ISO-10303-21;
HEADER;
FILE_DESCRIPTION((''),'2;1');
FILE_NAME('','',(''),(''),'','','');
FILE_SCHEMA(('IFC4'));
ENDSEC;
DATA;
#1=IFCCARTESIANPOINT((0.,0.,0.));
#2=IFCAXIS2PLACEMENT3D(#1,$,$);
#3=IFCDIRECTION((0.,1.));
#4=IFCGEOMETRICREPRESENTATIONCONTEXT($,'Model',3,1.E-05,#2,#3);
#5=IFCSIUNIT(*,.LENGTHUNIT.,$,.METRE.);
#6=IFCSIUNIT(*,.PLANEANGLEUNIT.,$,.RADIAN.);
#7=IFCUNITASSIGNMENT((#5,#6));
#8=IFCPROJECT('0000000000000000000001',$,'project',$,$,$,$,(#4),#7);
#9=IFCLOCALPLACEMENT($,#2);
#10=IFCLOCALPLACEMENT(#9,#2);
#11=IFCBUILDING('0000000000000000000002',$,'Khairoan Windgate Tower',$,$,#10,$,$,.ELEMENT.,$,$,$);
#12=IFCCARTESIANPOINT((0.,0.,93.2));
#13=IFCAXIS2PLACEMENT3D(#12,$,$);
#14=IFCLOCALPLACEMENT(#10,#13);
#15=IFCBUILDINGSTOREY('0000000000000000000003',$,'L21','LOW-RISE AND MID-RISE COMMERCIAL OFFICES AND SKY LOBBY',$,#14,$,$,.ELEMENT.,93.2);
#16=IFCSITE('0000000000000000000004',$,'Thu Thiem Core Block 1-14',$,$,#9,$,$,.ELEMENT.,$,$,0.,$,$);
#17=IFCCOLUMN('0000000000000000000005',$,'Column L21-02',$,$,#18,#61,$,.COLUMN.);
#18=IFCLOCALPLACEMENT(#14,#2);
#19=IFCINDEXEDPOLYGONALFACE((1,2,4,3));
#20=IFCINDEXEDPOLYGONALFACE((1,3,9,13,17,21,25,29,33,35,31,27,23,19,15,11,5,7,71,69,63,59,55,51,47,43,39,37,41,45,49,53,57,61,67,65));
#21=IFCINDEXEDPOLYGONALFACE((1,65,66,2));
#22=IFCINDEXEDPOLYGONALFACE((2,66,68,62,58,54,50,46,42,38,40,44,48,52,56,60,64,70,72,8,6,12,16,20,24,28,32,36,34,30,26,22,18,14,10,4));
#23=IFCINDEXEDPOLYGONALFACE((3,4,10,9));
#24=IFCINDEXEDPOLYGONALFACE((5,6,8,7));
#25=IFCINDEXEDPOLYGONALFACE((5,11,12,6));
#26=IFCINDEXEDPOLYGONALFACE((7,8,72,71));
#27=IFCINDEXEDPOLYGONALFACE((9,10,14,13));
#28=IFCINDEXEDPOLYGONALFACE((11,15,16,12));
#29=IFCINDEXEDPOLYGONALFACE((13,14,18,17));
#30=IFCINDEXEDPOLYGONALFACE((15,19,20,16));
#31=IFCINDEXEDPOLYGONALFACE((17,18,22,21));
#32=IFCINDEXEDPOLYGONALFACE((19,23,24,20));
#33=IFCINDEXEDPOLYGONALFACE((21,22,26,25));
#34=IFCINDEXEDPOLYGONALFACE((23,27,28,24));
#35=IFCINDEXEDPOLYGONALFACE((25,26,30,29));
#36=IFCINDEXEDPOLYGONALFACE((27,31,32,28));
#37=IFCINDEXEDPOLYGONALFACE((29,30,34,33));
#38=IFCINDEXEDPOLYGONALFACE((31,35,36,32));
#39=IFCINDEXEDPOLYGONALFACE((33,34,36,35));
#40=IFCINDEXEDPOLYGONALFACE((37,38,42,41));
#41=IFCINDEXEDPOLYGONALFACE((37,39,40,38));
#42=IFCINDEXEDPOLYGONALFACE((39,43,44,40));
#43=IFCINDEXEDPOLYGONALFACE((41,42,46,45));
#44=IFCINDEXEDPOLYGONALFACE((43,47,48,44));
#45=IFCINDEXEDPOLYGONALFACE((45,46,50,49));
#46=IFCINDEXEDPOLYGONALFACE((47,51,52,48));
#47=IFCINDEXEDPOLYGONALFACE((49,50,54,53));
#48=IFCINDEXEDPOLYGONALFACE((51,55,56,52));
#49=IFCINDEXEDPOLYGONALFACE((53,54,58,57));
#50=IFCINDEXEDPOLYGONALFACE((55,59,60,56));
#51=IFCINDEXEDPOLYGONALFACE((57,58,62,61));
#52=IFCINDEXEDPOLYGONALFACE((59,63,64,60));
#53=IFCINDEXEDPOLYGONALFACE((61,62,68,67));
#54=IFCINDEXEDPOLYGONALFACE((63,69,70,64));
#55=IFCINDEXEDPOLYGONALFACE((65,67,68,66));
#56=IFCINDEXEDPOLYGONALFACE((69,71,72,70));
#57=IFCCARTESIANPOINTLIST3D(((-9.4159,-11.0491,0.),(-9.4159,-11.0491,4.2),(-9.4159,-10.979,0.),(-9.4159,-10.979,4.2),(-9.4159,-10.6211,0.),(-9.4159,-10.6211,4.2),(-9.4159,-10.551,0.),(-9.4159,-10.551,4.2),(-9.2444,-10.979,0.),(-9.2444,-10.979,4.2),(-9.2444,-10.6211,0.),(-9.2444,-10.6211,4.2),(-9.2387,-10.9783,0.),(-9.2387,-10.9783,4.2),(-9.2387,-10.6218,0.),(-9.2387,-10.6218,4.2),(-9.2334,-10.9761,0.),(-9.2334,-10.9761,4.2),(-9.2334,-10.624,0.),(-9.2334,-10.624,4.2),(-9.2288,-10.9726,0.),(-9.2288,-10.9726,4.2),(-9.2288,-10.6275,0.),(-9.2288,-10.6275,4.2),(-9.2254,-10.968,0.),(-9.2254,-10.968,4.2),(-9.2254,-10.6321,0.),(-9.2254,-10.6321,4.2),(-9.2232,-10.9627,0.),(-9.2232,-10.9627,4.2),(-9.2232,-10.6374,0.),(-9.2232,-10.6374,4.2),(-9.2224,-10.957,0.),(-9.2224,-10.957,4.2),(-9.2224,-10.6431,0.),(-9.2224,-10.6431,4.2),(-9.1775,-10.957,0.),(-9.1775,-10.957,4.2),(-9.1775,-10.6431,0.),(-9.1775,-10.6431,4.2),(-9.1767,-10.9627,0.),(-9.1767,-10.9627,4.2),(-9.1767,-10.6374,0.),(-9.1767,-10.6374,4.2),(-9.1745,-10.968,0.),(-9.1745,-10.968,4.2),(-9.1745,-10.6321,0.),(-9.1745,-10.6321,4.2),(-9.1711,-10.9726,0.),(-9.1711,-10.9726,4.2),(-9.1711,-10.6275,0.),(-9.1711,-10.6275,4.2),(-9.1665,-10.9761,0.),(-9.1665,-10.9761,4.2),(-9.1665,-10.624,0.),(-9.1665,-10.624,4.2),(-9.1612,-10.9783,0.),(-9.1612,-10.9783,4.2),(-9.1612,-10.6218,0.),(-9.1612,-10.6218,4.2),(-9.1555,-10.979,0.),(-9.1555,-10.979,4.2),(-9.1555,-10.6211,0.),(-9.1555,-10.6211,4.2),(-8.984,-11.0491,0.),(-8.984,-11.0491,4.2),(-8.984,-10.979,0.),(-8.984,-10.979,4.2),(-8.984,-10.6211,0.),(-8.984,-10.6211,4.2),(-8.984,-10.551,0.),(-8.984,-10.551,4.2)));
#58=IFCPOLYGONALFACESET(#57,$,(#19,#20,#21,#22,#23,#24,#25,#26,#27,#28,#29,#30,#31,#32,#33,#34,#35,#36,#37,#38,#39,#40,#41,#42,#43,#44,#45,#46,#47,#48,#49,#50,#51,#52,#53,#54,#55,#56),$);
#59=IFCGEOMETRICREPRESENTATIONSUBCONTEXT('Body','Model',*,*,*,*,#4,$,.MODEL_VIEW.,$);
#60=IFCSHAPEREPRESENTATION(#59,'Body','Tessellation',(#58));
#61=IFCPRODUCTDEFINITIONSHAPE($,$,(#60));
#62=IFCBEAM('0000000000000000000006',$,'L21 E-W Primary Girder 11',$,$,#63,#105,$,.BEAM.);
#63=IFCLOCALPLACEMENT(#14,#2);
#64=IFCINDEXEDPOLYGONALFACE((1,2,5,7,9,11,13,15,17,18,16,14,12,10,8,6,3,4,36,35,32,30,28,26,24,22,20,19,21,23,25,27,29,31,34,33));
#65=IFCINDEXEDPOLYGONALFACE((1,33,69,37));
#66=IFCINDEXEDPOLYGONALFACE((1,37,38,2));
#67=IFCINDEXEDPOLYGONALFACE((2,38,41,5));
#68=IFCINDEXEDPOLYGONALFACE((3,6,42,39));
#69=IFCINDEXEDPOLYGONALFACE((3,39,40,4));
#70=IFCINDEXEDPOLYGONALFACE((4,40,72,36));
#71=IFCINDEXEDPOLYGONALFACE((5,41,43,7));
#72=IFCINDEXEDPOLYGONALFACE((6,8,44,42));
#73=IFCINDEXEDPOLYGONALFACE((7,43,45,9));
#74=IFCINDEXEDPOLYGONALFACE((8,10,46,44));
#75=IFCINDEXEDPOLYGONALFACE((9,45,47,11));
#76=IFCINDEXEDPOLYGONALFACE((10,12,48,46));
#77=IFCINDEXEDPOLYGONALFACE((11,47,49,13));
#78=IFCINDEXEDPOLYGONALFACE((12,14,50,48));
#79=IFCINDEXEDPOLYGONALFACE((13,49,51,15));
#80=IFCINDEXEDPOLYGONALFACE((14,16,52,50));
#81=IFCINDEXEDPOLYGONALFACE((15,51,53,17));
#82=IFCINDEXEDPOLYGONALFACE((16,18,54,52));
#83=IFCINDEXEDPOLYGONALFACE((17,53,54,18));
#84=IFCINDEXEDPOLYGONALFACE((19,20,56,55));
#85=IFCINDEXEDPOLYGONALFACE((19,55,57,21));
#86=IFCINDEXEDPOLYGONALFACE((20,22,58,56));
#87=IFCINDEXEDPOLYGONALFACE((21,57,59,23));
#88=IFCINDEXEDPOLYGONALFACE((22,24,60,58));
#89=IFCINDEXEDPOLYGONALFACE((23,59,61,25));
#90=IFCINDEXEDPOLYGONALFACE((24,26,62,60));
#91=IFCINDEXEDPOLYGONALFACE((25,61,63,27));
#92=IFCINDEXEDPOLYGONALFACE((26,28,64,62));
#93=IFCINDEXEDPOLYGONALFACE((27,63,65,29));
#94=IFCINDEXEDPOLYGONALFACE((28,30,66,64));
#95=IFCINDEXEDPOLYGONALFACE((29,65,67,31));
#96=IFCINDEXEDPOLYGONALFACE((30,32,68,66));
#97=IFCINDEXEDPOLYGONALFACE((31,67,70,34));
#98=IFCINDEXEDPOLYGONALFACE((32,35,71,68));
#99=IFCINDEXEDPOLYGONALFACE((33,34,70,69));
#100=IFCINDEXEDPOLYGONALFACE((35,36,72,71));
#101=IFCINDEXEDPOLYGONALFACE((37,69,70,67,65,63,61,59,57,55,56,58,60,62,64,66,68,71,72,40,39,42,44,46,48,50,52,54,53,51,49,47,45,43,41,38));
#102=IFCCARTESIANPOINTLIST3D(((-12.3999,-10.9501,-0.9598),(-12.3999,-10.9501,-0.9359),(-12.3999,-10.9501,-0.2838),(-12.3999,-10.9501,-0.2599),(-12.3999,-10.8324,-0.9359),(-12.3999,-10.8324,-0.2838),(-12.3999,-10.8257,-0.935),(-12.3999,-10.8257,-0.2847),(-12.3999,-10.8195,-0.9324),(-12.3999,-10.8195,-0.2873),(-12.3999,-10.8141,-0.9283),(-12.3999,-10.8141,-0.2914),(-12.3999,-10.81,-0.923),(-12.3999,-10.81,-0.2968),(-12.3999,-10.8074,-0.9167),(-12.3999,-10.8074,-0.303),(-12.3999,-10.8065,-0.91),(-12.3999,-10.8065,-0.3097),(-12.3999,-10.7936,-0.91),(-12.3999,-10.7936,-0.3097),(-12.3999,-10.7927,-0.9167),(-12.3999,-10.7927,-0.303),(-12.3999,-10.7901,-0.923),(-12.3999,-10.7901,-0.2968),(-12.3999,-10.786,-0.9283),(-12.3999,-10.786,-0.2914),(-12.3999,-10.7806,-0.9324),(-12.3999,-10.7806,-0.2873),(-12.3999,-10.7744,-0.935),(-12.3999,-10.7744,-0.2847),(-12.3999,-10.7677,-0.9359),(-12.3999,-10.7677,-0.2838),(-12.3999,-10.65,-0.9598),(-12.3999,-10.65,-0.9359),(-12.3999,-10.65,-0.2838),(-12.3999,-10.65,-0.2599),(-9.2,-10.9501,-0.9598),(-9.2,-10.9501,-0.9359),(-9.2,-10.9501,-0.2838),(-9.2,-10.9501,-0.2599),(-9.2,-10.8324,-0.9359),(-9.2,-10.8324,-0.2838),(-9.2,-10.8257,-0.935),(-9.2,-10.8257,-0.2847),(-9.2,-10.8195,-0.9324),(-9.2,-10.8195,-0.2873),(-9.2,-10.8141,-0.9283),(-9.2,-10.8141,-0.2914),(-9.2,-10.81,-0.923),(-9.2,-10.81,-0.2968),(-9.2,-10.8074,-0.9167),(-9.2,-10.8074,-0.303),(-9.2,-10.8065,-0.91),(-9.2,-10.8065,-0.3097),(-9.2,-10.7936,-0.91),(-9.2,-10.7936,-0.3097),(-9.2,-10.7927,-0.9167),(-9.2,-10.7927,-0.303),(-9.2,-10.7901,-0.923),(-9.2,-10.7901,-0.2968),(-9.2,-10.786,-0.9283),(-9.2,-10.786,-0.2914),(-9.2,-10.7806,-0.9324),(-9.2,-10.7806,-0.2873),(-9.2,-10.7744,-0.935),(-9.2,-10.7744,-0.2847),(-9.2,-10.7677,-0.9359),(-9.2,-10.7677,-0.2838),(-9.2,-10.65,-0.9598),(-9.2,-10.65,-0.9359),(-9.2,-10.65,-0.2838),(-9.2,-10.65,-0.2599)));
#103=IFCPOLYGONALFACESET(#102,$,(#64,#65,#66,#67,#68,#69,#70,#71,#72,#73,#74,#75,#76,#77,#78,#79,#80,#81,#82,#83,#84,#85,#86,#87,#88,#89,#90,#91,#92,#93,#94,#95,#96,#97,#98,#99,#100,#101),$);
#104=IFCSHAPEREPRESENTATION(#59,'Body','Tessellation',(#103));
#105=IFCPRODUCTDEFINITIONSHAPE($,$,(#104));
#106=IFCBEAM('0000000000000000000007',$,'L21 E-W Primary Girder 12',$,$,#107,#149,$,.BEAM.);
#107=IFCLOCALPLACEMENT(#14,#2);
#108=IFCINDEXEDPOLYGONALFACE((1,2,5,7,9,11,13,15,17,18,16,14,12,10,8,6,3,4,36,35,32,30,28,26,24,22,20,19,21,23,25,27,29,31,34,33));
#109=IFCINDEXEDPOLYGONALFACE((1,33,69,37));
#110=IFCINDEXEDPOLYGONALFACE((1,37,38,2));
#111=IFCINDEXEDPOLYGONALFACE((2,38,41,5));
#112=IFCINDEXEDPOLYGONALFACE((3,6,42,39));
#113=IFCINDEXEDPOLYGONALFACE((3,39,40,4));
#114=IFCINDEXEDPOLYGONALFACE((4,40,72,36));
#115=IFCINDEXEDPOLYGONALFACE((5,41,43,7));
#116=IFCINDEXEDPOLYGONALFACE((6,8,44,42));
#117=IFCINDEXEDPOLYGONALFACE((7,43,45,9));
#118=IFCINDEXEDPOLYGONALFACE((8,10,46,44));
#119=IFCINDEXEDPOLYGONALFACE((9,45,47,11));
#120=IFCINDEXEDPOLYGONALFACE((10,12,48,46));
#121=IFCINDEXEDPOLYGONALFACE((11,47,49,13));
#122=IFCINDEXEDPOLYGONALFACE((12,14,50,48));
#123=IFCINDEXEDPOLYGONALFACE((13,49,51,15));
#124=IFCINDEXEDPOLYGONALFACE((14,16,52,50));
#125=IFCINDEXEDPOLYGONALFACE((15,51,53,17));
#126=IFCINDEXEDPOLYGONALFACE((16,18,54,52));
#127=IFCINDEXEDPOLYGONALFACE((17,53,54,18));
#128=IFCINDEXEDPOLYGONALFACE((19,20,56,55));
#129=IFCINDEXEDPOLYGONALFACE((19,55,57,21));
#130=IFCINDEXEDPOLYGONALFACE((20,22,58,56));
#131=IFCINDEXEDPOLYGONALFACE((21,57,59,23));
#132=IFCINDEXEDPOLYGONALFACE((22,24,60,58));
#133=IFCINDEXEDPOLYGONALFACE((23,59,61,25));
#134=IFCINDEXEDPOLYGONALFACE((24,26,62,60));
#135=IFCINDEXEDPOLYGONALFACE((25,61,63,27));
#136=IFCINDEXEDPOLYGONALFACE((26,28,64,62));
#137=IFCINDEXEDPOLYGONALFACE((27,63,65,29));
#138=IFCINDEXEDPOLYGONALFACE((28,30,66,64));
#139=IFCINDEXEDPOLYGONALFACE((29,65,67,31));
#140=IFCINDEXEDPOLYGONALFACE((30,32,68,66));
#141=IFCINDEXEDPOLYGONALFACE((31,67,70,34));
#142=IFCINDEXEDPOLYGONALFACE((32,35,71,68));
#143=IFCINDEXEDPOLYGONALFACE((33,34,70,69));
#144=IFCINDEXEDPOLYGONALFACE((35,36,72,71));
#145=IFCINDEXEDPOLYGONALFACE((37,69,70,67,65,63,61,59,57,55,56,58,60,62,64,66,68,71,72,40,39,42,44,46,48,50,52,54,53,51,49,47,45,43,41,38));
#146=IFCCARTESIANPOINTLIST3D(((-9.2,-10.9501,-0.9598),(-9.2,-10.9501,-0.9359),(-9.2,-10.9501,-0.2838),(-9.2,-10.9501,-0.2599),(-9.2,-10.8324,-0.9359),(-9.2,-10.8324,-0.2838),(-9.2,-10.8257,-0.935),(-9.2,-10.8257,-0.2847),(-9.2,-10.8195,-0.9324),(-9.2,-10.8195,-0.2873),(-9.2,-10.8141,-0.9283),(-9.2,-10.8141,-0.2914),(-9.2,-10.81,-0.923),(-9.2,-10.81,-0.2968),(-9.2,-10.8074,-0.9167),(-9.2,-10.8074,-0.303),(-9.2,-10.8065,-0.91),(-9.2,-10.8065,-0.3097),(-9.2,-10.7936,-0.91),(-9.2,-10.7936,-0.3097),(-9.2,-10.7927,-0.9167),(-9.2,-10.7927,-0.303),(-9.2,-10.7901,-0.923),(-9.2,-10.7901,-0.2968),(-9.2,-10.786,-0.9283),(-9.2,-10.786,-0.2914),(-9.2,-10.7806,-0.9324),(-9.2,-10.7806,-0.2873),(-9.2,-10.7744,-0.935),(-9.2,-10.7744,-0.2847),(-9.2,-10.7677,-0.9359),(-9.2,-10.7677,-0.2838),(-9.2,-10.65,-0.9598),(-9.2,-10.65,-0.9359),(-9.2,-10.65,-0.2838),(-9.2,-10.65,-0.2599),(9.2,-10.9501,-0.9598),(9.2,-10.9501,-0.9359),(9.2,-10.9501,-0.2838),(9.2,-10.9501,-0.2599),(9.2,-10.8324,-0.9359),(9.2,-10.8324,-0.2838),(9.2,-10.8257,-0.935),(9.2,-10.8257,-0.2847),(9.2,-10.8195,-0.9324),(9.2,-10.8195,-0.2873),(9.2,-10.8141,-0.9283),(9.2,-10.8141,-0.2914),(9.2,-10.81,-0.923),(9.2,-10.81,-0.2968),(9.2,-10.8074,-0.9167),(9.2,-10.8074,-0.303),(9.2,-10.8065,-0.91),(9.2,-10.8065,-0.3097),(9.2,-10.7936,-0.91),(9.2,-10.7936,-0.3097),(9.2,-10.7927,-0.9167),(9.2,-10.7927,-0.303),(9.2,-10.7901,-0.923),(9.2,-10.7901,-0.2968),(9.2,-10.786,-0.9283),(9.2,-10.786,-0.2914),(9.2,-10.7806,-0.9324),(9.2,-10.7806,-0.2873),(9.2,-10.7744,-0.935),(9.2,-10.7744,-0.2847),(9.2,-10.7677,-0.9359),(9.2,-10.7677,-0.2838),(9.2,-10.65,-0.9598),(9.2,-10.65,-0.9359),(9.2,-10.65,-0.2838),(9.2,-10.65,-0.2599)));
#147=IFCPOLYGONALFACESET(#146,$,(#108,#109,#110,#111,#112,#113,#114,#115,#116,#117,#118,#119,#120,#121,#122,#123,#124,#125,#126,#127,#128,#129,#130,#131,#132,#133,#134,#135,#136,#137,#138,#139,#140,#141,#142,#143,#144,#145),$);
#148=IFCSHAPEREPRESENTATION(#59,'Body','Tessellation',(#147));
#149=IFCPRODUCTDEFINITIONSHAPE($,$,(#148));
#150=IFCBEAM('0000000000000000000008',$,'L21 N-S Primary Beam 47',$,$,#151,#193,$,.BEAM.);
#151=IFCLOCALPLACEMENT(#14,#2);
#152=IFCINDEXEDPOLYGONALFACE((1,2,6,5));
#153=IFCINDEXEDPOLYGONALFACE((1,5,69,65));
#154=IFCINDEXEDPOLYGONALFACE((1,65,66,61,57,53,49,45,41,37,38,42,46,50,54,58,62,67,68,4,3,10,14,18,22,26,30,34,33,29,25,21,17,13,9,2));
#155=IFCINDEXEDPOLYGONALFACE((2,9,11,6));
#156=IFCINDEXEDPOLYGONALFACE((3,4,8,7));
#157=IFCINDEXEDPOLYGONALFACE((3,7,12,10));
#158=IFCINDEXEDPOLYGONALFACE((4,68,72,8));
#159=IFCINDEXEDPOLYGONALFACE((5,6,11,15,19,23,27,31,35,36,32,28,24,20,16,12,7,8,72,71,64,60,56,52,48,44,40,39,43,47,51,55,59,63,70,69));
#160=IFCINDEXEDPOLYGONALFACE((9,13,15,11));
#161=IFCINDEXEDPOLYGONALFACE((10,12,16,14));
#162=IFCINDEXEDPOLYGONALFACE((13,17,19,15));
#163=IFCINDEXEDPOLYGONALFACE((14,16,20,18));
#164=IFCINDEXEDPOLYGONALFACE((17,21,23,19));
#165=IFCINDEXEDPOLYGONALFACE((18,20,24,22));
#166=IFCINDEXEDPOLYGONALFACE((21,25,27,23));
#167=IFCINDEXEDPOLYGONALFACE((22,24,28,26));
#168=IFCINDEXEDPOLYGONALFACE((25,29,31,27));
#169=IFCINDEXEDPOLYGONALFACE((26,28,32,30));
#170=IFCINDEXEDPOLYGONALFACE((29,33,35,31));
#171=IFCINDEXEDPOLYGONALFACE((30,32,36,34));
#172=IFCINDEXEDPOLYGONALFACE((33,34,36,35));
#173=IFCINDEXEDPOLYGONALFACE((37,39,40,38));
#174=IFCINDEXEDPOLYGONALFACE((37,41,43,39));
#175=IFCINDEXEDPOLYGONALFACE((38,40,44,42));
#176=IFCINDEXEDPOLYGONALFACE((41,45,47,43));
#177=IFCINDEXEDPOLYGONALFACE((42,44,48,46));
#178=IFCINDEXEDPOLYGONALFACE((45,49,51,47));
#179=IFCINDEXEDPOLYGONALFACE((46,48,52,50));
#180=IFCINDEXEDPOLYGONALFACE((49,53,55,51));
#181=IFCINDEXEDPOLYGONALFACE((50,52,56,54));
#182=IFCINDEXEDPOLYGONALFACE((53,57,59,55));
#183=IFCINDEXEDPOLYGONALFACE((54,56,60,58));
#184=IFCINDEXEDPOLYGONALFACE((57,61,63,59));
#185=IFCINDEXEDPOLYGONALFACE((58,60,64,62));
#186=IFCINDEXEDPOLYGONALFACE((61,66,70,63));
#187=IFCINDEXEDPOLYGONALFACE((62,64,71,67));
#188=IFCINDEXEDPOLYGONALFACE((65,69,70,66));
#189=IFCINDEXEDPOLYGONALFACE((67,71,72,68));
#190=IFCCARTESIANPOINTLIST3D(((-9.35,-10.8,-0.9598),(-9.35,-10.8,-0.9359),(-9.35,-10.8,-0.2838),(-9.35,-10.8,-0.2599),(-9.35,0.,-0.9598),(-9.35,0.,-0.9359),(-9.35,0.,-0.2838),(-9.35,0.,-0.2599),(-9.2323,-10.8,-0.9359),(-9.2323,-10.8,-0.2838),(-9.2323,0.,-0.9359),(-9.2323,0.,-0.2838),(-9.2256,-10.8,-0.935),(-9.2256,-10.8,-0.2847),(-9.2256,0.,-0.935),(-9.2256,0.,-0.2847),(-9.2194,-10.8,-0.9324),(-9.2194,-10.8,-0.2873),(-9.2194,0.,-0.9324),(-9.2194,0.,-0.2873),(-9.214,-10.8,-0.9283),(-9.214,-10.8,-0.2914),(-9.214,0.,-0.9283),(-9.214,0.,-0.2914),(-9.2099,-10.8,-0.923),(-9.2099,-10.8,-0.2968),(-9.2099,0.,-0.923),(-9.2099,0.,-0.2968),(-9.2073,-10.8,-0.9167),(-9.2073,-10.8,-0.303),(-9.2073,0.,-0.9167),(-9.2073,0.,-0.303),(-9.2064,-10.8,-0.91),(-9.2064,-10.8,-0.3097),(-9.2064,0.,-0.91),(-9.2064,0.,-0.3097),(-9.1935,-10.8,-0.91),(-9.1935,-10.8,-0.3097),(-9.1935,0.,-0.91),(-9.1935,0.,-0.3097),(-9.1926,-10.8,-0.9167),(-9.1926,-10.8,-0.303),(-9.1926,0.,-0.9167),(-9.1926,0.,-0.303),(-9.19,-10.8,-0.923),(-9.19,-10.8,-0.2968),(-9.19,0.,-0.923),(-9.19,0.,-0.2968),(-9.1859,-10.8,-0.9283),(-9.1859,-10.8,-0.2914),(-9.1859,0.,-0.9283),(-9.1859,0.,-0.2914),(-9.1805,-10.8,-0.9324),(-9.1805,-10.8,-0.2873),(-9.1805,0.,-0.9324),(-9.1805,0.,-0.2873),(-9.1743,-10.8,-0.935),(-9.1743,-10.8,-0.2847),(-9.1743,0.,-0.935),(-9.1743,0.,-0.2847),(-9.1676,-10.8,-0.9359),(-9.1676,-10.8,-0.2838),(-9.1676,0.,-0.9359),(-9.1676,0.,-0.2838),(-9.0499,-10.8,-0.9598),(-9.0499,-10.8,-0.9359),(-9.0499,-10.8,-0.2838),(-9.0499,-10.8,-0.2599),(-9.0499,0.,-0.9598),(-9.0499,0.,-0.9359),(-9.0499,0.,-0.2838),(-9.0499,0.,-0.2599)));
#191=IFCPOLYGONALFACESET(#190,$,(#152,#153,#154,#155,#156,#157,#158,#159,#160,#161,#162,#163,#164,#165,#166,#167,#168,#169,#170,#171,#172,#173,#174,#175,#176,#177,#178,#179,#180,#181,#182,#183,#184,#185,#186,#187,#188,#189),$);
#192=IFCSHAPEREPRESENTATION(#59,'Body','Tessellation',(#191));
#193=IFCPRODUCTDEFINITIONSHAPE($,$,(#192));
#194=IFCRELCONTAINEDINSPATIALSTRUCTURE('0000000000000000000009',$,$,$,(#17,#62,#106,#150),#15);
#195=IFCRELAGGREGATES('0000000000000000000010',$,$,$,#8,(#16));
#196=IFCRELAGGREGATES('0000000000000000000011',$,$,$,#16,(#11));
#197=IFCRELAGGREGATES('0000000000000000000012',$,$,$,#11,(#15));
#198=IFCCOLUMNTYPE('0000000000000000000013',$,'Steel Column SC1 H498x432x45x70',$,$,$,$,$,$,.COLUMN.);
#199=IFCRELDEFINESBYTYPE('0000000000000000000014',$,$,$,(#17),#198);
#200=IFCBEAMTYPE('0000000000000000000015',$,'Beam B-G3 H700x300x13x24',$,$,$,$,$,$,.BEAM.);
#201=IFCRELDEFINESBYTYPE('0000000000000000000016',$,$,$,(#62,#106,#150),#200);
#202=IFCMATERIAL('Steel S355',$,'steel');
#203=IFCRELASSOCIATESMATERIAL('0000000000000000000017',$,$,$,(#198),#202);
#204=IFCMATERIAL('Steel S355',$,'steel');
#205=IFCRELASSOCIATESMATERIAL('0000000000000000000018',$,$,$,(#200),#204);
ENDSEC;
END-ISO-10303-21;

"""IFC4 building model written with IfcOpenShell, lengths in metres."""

from ifc_helpers import new_model, si_unit, direction, frame, origin, origin_2d, place, context, subcontext, project, spatial, i_section, extrude, material, material_profile, profile_set, type_object, element, save


model = new_model("IFC4")

# Units and contexts
model_context = context("Model", 3, precision=1e-05, world=origin(), true_north=direction((0.0, 1.0)))
body_context = subcontext(model_context, "Body", "Model", "MODEL_VIEW")
ifc_project = project(units=[si_unit("LENGTHUNIT", "METRE"), si_unit("PLANEANGLEUNIT", "RADIAN")], contexts=[model_context])

# Site, building, storey
site_placement = place(None, origin())
site = spatial("IfcSite", under=ifc_project, at=site_placement, Name="Thu Thiem Core Block 1-14", CompositionType="ELEMENT", RefElevation=0.0)
building_placement = place(site_placement, origin())
building = spatial("IfcBuilding", under=site, at=building_placement, Name="Khairoan Windgate Tower", CompositionType="ELEMENT")
storey_placement = place(building_placement, frame((0.0, 0.0, 93.2)))
storey = spatial("IfcBuildingStorey", under=building, at=storey_placement, Name="L21", Description="LOW-RISE AND MID-RISE COMMERCIAL OFFICES AND SKY LOBBY", CompositionType="ELEMENT", Elevation=93.2)

# Column
ifc_material_1 = material(Name="Steel S355", Category="steel")
ifc_material_profile_1 = material_profile(ifc_material_1, i_section(OverallWidth=0.4319, OverallDepth=0.498, WebThickness=0.0449, FlangeThickness=0.0701, FilletRadius=0.022, at=origin_2d()))
ifc_profile_set_1 = profile_set([ifc_material_profile_1], Name="Steel S355")
column_type = type_object("IfcColumnType", Name="Steel Column SC1 H498x432x45x70", PredefinedType="COLUMN", material=ifc_profile_set_1)
column_placement = place(storey_placement, frame((-9.2, -10.8, 0.0), z_axis=(0.0, 0.0, 1.0), x_axis=(1.0, 0.0, 0.0)))
element("IfcColumn", 1, at=column_placement, inside=storey, type_object=column_type, Name="Column L21-02", PredefinedType="COLUMN", context=body_context, shape_type="SweptSolid", body=[
    extrude(i_section(OverallWidth=0.4319, OverallDepth=0.498, WebThickness=0.0449, FlangeThickness=0.0701, FilletRadius=0.022, at=origin_2d()), origin(), (0.0, 0.0, 1.0), 4.2),
])

# Beams
ifc_material_2 = material(Name="Steel S355", Category="steel")
ifc_material_profile_2 = material_profile(ifc_material_2, i_section(OverallWidth=0.3, OverallDepth=0.7, WebThickness=0.0129, FlangeThickness=0.0239, FilletRadius=0.0259, at=origin_2d()))
ifc_profile_set_2 = profile_set([ifc_material_profile_2], Name="Steel S355")
beam_type_1 = type_object("IfcBeamType", Name="Beam B-G3 H700x300x13x24", PredefinedType="BEAM", material=ifc_profile_set_2)
beam_1_placement = place(storey_placement, frame((-12.3999, -10.8, -0.6099), z_axis=(1.0, 0.0, 0.0), x_axis=(0.0, 1.0, 0.0)))
element("IfcBeam", 2, at=beam_1_placement, inside=storey, type_object=beam_type_1, Name="L21 E-W Primary Girder 11", PredefinedType="BEAM", context=body_context, shape_type="SweptSolid", body=[
    extrude(i_section(OverallWidth=0.3, OverallDepth=0.7, WebThickness=0.0129, FlangeThickness=0.0239, FilletRadius=0.0259, at=origin_2d()), origin(), (0.0, 0.0, 1.0), 3.2),
])
beam_2_placement = place(storey_placement, frame((-9.2, -10.8, -0.6099), z_axis=(1.0, 0.0, 0.0), x_axis=(0.0, 1.0, 0.0)))
element("IfcBeam", 3, at=beam_2_placement, inside=storey, type_object=beam_type_1, Name="L21 E-W Primary Girder 12", PredefinedType="BEAM", context=body_context, shape_type="SweptSolid", body=[
    extrude(i_section(OverallWidth=0.3, OverallDepth=0.7, WebThickness=0.0129, FlangeThickness=0.0239, FilletRadius=0.0259, at=origin_2d()), origin(), (0.0, 0.0, 1.0), 18.3999),
])
beam_3_placement = place(storey_placement, frame((-9.2, -10.8, -0.6099), z_axis=(0.0, 1.0, 0.0), x_axis=(-1.0, 0.0, 0.0)))
element("IfcBeam", 4, at=beam_3_placement, inside=storey, type_object=beam_type_1, Name="L21 N-S Primary Beam 47", PredefinedType="BEAM", context=body_context, shape_type="SweptSolid", body=[
    extrude(i_section(OverallWidth=0.3, OverallDepth=0.7, WebThickness=0.0129, FlangeThickness=0.0239, FilletRadius=0.0259, at=origin_2d()), origin(), (0.0, 0.0, 1.0), 10.8),
])

save(model, "model.ifc")
